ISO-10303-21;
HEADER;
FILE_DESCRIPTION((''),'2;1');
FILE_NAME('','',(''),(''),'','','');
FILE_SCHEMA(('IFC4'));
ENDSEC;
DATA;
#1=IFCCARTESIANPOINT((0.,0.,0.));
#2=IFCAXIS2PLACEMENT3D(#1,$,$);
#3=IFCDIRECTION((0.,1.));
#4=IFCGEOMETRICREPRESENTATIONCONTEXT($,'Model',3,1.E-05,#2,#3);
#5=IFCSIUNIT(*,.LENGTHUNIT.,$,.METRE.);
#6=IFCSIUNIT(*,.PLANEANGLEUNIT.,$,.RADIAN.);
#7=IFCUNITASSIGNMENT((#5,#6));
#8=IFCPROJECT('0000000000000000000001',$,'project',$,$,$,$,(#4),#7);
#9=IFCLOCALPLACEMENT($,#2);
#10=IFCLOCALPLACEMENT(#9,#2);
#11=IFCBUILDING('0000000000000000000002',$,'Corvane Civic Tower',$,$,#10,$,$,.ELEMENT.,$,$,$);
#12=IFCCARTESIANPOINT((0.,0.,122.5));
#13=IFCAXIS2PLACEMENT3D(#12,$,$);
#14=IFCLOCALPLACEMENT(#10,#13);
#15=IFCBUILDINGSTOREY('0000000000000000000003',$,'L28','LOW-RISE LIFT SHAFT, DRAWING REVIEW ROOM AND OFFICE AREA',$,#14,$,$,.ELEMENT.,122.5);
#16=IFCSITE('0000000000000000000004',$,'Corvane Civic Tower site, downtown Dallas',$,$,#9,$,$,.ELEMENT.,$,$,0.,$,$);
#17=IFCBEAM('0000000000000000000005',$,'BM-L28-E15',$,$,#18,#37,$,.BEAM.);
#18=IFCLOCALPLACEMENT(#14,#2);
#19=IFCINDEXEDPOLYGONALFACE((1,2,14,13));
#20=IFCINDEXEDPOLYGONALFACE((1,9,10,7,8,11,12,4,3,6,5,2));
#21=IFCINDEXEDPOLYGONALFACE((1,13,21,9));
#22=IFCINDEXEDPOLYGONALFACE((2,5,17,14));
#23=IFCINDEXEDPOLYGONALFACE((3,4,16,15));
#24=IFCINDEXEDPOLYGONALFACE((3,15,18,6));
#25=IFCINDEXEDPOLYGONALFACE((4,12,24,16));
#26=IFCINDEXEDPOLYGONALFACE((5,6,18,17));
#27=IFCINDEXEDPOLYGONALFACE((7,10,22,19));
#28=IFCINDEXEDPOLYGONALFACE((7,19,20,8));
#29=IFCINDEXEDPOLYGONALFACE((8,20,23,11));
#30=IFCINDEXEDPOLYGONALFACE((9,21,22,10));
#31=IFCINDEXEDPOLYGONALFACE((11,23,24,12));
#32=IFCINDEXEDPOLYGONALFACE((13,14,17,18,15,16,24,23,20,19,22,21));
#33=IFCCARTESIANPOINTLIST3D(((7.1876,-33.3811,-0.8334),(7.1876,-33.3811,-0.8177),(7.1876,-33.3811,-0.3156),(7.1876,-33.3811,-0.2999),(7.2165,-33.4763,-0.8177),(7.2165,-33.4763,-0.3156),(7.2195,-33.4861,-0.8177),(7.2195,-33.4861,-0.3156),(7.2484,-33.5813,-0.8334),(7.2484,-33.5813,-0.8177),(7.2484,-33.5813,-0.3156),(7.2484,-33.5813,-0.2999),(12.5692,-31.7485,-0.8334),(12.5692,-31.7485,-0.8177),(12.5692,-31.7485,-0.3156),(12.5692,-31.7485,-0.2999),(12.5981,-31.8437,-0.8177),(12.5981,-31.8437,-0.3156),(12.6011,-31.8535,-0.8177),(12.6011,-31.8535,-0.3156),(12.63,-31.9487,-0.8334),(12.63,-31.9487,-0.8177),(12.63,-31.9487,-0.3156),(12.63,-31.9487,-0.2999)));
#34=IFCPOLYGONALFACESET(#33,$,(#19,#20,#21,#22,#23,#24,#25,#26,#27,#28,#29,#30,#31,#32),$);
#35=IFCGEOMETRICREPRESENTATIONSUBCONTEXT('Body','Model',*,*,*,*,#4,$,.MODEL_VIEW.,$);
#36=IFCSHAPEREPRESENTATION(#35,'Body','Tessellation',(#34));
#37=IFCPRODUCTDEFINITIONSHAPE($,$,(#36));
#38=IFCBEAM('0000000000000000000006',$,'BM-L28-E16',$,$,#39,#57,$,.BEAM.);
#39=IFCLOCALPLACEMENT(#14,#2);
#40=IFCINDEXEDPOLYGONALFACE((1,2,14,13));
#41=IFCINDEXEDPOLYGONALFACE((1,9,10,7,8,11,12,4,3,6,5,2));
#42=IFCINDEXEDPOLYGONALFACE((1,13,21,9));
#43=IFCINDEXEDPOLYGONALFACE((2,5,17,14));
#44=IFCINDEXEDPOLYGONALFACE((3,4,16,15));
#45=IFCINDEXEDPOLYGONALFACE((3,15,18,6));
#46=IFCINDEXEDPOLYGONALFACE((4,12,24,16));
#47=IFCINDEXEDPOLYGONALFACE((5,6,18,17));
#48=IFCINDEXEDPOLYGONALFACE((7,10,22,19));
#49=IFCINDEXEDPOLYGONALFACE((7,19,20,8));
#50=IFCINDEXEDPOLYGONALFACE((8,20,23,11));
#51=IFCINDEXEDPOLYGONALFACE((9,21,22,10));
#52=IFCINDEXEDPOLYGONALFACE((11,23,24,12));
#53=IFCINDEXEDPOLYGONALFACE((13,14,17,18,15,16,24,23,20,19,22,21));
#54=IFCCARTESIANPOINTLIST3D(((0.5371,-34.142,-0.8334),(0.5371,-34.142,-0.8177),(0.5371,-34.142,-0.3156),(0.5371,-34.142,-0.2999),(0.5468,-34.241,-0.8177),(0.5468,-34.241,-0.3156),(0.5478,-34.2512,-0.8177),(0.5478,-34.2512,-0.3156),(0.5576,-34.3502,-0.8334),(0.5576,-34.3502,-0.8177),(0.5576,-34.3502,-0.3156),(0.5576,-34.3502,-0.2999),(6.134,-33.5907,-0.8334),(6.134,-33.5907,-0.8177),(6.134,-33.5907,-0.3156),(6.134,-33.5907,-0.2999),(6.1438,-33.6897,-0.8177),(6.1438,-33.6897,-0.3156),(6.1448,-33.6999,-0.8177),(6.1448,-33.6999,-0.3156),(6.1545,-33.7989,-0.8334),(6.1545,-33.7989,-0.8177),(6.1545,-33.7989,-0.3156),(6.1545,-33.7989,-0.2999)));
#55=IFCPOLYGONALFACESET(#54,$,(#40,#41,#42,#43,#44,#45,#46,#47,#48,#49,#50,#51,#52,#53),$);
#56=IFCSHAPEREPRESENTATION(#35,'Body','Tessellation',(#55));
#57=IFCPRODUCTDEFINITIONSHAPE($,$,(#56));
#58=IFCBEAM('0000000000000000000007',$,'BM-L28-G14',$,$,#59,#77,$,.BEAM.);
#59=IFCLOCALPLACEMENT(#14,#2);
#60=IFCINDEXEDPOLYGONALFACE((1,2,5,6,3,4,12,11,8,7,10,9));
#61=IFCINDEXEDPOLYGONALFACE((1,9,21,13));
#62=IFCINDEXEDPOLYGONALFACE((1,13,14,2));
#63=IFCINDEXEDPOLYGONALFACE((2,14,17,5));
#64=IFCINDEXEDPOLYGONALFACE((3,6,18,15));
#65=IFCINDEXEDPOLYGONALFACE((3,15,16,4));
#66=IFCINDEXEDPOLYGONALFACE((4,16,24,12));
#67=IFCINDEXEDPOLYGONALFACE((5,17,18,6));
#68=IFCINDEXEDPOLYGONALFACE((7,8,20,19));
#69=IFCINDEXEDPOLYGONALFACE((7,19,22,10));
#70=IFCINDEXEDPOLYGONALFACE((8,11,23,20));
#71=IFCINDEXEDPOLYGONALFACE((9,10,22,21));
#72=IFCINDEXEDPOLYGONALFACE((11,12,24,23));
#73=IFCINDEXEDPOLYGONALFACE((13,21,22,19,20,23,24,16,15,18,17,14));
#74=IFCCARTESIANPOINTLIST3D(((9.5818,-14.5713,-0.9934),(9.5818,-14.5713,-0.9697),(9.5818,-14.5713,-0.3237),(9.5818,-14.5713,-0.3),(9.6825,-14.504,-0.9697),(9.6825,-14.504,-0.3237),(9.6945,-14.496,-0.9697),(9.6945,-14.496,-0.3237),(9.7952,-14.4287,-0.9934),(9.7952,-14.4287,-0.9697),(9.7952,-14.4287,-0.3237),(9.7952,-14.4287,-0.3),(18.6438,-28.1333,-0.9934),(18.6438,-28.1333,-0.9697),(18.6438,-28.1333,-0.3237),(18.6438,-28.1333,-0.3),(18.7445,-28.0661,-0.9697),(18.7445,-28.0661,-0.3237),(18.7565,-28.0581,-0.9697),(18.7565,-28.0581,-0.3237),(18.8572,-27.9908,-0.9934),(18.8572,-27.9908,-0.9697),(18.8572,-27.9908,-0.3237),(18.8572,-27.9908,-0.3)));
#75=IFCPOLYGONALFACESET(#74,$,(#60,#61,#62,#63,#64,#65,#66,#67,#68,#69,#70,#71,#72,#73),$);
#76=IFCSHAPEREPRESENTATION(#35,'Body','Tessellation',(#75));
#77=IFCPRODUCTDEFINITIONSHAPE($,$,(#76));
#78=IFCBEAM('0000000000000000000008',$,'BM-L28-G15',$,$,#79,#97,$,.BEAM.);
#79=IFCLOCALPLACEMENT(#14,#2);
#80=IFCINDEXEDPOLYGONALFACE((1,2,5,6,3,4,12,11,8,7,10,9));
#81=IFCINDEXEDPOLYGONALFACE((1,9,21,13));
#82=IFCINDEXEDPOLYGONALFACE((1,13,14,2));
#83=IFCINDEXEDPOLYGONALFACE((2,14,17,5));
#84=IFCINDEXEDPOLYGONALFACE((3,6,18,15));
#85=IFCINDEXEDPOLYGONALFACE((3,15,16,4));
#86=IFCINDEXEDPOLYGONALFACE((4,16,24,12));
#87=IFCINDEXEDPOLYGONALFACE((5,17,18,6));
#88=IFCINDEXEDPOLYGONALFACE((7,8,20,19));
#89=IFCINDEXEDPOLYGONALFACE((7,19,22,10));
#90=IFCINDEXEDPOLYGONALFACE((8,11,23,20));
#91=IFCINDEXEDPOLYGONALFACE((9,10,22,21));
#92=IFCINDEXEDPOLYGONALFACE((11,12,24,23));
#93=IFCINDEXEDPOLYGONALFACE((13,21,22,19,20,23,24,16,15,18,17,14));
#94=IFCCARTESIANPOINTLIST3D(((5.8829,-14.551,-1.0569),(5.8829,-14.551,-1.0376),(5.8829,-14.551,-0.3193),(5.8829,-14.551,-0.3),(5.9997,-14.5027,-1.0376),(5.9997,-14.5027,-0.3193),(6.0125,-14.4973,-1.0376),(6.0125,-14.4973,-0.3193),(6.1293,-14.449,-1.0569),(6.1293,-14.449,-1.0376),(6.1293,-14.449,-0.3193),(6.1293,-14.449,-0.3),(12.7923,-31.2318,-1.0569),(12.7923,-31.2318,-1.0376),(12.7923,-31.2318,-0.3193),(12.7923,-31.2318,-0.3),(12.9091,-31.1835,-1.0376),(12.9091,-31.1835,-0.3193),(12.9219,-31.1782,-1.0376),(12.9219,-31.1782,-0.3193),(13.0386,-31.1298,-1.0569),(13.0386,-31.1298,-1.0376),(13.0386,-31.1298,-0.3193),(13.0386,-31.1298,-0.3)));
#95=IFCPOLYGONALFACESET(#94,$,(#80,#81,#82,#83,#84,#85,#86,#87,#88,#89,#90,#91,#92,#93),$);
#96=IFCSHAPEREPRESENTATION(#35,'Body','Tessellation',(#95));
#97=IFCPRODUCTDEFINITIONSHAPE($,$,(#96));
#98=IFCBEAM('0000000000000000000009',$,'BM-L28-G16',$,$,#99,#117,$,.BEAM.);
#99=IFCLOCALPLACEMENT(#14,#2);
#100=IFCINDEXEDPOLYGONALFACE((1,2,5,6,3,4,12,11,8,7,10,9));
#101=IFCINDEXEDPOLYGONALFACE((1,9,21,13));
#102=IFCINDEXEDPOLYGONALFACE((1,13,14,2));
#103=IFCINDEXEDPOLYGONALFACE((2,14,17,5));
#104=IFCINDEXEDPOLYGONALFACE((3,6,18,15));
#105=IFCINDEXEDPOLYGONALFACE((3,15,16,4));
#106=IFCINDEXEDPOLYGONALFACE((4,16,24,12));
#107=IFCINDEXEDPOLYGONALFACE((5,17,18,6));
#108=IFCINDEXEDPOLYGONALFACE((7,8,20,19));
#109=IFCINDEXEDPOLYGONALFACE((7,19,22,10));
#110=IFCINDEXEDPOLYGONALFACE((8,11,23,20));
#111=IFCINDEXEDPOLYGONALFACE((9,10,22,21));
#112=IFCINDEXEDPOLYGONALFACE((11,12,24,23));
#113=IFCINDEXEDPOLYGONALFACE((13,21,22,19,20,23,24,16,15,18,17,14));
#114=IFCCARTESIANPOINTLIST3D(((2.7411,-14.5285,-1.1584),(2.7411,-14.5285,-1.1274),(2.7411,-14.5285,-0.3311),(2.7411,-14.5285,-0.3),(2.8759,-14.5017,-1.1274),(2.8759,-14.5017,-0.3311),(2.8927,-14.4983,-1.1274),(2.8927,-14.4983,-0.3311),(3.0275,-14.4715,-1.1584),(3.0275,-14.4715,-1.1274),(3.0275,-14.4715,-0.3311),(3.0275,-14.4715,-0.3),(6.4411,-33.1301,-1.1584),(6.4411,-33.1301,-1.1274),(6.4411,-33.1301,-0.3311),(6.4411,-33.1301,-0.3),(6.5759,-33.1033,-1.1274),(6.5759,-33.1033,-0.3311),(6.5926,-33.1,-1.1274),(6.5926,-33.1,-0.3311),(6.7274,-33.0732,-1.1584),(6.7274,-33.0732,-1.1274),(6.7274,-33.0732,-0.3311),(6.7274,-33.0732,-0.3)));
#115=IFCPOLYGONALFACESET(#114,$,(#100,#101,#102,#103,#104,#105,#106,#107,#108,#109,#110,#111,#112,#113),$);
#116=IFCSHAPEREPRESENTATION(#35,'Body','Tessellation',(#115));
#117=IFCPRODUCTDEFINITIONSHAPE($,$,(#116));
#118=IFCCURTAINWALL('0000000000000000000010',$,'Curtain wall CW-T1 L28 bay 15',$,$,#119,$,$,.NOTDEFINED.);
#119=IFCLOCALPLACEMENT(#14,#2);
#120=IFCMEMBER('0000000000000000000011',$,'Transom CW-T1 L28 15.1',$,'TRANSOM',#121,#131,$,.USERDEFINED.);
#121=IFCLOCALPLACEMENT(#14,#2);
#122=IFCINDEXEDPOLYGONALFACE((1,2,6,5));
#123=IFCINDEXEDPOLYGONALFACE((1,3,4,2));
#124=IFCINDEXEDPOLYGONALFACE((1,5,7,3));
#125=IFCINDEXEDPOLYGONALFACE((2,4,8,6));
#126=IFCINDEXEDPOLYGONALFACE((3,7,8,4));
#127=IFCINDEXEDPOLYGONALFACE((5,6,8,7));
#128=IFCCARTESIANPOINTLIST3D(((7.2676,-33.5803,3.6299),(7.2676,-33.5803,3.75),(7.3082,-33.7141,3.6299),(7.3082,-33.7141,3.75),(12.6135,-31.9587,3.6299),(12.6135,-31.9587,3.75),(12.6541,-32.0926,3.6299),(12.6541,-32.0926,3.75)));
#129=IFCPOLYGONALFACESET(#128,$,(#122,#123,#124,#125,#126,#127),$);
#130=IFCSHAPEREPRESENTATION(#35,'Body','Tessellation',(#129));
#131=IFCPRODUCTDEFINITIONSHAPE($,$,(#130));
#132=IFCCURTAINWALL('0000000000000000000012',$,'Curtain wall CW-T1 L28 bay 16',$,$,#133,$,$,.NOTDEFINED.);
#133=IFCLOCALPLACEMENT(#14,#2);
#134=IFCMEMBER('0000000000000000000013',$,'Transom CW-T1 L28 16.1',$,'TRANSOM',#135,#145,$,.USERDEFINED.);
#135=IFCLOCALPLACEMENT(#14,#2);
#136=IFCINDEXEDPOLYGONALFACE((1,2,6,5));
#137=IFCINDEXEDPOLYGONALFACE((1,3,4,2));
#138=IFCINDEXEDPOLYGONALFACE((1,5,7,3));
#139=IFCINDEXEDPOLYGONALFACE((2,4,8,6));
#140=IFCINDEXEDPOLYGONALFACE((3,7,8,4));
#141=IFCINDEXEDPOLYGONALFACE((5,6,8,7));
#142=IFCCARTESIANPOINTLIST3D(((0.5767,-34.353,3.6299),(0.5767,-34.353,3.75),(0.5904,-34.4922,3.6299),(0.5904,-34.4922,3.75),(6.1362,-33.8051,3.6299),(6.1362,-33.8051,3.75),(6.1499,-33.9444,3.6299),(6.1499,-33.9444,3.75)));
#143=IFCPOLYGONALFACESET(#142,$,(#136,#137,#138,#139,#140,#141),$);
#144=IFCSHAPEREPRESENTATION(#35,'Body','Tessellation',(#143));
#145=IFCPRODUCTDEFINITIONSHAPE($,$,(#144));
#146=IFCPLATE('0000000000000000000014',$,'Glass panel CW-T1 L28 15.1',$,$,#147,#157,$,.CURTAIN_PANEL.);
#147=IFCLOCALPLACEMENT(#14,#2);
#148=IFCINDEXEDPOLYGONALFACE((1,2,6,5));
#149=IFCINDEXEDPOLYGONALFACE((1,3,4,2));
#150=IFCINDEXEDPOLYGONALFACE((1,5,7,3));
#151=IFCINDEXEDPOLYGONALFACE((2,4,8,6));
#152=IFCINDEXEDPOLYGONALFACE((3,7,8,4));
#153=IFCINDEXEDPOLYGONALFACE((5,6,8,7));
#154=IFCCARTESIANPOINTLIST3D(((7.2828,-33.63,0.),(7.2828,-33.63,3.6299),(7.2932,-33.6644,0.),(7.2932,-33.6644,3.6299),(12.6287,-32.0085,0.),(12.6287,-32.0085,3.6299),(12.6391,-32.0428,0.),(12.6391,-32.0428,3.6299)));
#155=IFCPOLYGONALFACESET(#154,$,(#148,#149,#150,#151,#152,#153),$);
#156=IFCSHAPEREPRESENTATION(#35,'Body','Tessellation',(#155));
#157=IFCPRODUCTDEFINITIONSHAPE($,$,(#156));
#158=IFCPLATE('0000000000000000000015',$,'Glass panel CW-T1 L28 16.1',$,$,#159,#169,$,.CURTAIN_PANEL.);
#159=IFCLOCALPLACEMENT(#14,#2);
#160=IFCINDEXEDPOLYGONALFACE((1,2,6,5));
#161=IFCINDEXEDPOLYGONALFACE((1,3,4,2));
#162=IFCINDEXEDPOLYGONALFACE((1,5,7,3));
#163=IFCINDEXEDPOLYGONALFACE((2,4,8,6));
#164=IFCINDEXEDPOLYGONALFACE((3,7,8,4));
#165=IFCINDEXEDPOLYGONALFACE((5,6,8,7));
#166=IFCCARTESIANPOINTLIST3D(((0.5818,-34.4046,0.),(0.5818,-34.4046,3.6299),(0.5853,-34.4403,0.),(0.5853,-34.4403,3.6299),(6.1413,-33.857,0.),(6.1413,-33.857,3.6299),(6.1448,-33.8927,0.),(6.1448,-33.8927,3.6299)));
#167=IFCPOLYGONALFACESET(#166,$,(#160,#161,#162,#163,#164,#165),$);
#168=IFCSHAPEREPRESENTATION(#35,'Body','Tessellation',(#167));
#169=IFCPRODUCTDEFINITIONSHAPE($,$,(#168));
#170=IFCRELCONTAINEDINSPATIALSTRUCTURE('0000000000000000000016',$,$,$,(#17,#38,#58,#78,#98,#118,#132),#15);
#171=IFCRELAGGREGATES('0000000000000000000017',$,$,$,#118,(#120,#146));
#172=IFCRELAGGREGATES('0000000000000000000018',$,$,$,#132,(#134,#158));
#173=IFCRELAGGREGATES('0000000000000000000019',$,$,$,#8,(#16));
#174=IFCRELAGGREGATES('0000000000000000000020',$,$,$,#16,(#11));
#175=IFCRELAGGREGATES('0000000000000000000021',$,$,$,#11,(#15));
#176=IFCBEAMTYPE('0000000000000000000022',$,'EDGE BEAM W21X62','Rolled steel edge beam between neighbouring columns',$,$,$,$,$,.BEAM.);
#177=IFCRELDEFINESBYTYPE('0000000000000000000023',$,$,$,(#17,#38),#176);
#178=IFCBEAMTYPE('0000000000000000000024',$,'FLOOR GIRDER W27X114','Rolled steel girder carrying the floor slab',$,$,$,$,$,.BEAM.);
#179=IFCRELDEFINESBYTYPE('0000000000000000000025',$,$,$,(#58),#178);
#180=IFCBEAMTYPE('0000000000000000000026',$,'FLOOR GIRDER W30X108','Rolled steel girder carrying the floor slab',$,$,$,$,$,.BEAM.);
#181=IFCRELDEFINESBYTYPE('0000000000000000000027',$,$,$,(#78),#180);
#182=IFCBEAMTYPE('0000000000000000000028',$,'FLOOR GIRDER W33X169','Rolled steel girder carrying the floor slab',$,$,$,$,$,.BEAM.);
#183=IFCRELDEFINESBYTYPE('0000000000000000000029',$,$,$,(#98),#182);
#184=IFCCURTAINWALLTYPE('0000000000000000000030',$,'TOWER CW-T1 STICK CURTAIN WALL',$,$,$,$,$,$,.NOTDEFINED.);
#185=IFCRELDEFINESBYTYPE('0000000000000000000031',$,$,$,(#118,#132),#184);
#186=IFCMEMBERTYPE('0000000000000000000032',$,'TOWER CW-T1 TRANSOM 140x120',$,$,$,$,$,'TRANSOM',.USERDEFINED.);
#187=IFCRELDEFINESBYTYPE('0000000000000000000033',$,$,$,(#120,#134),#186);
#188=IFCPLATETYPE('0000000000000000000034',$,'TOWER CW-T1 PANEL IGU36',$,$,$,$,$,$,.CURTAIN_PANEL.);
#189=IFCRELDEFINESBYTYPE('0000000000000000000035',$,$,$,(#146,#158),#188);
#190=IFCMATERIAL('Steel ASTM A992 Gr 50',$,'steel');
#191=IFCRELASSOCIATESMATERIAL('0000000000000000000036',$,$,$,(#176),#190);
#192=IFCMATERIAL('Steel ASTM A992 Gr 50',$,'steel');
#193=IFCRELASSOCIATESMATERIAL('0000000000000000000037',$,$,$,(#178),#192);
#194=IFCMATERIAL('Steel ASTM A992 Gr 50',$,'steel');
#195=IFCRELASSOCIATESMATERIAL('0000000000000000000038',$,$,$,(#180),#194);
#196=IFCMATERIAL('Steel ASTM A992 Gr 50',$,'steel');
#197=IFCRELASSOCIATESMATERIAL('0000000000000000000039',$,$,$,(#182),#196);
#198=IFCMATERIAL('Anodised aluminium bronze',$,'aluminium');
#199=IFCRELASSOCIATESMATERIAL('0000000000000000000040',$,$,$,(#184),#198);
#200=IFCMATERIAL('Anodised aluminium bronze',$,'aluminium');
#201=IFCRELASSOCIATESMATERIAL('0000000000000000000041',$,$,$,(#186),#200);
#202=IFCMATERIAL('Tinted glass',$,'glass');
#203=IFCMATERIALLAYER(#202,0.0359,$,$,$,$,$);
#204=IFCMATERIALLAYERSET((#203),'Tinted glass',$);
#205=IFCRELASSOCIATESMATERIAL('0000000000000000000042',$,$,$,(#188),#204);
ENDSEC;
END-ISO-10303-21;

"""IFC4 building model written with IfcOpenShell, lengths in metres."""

from ifc_helpers import new_model, si_unit, direction, frame, origin, origin_2d, place, context, subcontext, project, spatial, rectangle, i_section, extrude, material, layer, layer_set, material_profile, profile_set, type_object, element, aggregate, save


model = new_model("IFC4")

# Units and contexts
model_context = context("Model", 3, precision=1e-05, world=origin(), true_north=direction((0.0, 1.0)))
body_context = subcontext(model_context, "Body", "Model", "MODEL_VIEW")
ifc_project = project(units=[si_unit("LENGTHUNIT", "METRE"), si_unit("PLANEANGLEUNIT", "RADIAN")], contexts=[model_context])

# Site, building, storey
site_placement = place(None, origin())
site = spatial("IfcSite", under=ifc_project, at=site_placement, Name="Corvane Civic Tower site, downtown Dallas", CompositionType="ELEMENT", RefElevation=0.0)
building_placement = place(site_placement, origin())
building = spatial("IfcBuilding", under=site, at=building_placement, Name="Corvane Civic Tower", CompositionType="ELEMENT")
storey_placement = place(building_placement, frame((0.0, 0.0, 122.5)))
storey = spatial("IfcBuildingStorey", under=building, at=storey_placement, Name="L28", Description="LOW-RISE LIFT SHAFT, DRAWING REVIEW ROOM AND OFFICE AREA", CompositionType="ELEMENT", Elevation=122.5)

# Beams
ifc_material_1 = material(Name="Steel ASTM A992 Gr 50", Category="steel")
ifc_material_profile_1 = material_profile(ifc_material_1, i_section(OverallWidth=0.2092, OverallDepth=0.5334, WebThickness=0.0103, FlangeThickness=0.0156, at=origin_2d()), Name="W21X62")
ifc_profile_set_1 = profile_set([ifc_material_profile_1], Name="Steel ASTM A992 Gr 50")
beam_type_1 = type_object("IfcBeamType", Name="EDGE BEAM W21X62", Description="Rolled steel edge beam between neighbouring columns", PredefinedType="BEAM", material=ifc_profile_set_1)
beam_1_placement = place(storey_placement, frame((12.5996, -31.8486, -0.5667), z_axis=(-0.956936, -0.290298, 0.0), x_axis=(0.290298, -0.956936, 0.0)))
element("IfcBeam", 1, at=beam_1_placement, inside=storey, type_object=beam_type_1, Name="BM-L28-E15", PredefinedType="BEAM", context=body_context, shape_type="SweptSolid", body=[
    extrude(i_section(OverallWidth=0.2092, OverallDepth=0.5334, WebThickness=0.0103, FlangeThickness=0.0156, at=origin_2d()), origin(), (0.0, 0.0, 1.0), 5.6238),
])
beam_2_placement = place(storey_placement, frame((6.1443, -33.6948, -0.5667), z_axis=(-0.995184, -0.098021, 0.0), x_axis=(0.098021, -0.995184, 0.0)))
element("IfcBeam", 2, at=beam_2_placement, inside=storey, type_object=beam_type_1, Name="BM-L28-E16", PredefinedType="BEAM", context=body_context, shape_type="SweptSolid", body=[
    extrude(i_section(OverallWidth=0.2092, OverallDepth=0.5334, WebThickness=0.0103, FlangeThickness=0.0156, at=origin_2d()), origin(), (0.0, 0.0, 1.0), 5.624),
])
ifc_material_2 = material(Name="Steel ASTM A992 Gr 50", Category="steel")
ifc_material_profile_2 = material_profile(ifc_material_2, i_section(OverallWidth=0.2566, OverallDepth=0.6934, WebThickness=0.0144, FlangeThickness=0.0237, at=origin_2d()), Name="W27X114")
ifc_profile_set_2 = profile_set([ifc_material_profile_2], Name="Steel ASTM A992 Gr 50")
beam_type_2 = type_object("IfcBeamType", Name="FLOOR GIRDER W27X114", Description="Rolled steel girder carrying the floor slab", PredefinedType="BEAM", material=ifc_profile_set_2)
beam_3_placement = place(storey_placement, frame((9.6885, -14.5, -0.6467), z_axis=(0.555577, -0.831465, 0.0), x_axis=(0.831465, 0.555577, 0.0)))
element("IfcBeam", 3, at=beam_3_placement, inside=storey, type_object=beam_type_2, Name="BM-L28-G14", PredefinedType="BEAM", context=body_context, shape_type="SweptSolid", body=[
    extrude(i_section(OverallWidth=0.2566, OverallDepth=0.6934, WebThickness=0.0144, FlangeThickness=0.0237, at=origin_2d()), origin(), (0.0, 0.0, 1.0), 16.311),
])
ifc_material_3 = material(Name="Steel ASTM A992 Gr 50", Category="steel")
ifc_material_profile_3 = material_profile(ifc_material_3, i_section(OverallWidth=0.2666, OverallDepth=0.7568, WebThickness=0.0139, FlangeThickness=0.0193, at=origin_2d()), Name="W30X108")
ifc_profile_set_3 = profile_set([ifc_material_profile_3], Name="Steel ASTM A992 Gr 50")
beam_type_3 = type_object("IfcBeamType", Name="FLOOR GIRDER W30X108", Description="Rolled steel girder carrying the floor slab", PredefinedType="BEAM", material=ifc_profile_set_3)
beam_4_placement = place(storey_placement, frame((6.0061, -14.5, -0.6785), z_axis=(0.382682, -0.92388, 0.0), x_axis=(0.92388, 0.382682, 0.0)))
element("IfcBeam", 4, at=beam_4_placement, inside=storey, type_object=beam_type_3, Name="BM-L28-G15", PredefinedType="BEAM", context=body_context, shape_type="SweptSolid", body=[
    extrude(i_section(OverallWidth=0.2666, OverallDepth=0.7568, WebThickness=0.0139, FlangeThickness=0.0193, at=origin_2d()), origin(), (0.0, 0.0, 1.0), 18.0552),
])
ifc_material_4 = material(Name="Steel ASTM A992 Gr 50", Category="steel")
ifc_material_profile_4 = material_profile(ifc_material_4, i_section(OverallWidth=0.292, OverallDepth=0.8584, WebThickness=0.0171, FlangeThickness=0.031, at=origin_2d()), Name="W33X169")
ifc_profile_set_4 = profile_set([ifc_material_profile_4], Name="Steel ASTM A992 Gr 50")
beam_type_4 = type_object("IfcBeamType", Name="FLOOR GIRDER W33X169", Description="Rolled steel girder carrying the floor slab", PredefinedType="BEAM", material=ifc_profile_set_4)
beam_5_placement = place(storey_placement, frame((2.8843, -14.5, -0.7292), z_axis=(0.195084, -0.980787, 0.0), x_axis=(0.980787, 0.195084, 0.0)))
element("IfcBeam", 5, at=beam_5_placement, inside=storey, type_object=beam_type_4, Name="BM-L28-G16", PredefinedType="BEAM", context=body_context, shape_type="SweptSolid", body=[
    extrude(i_section(OverallWidth=0.292, OverallDepth=0.8584, WebThickness=0.0171, FlangeThickness=0.031, at=origin_2d()), origin(), (0.0, 0.0, 1.0), 18.9661),
])

# Curtain walls, members
ifc_material_5 = material(Name="Anodised aluminium bronze", Category="aluminium")
curtain_wall_type = type_object("IfcCurtainWallType", Name="TOWER CW-T1 STICK CURTAIN WALL", PredefinedType="NOTDEFINED", material=ifc_material_5)
curtain_wall_1_placement = place(storey_placement, origin())
curtain_wall_1 = element("IfcCurtainWall", 6, at=curtain_wall_1_placement, inside=storey, type_object=curtain_wall_type, Name="Curtain wall CW-T1 L28 bay 15", PredefinedType="NOTDEFINED")
ifc_material_6 = material(Name="Anodised aluminium bronze", Category="aluminium")
ifc_material_profile_5 = material_profile(ifc_material_6, rectangle(XDim=0.1399, YDim=0.1201, at=origin_2d()), Name="TOWER CW-T1 TRANSOM 140x120")
ifc_profile_set_5 = profile_set([ifc_material_profile_5], Name="Anodised aluminium bronze")
member_type = type_object("IfcMemberType", Name="TOWER CW-T1 TRANSOM 140x120", ElementType="TRANSOM", PredefinedType="USERDEFINED", material=ifc_profile_set_5)
member_1_placement = place(storey_placement, frame((12.6338, -32.0256, 3.6899), z_axis=(-0.956945, -0.290269, 0.0), x_axis=(0.290269, -0.956945, 0.0)))
member_1 = element("IfcMember", 7, at=member_1_placement, type_object=member_type, Name="Transom CW-T1 L28 15.1", ObjectType="TRANSOM", PredefinedType="USERDEFINED", context=body_context, shape_type="SweptSolid", body=[
    extrude(rectangle(XDim=0.1399, YDim=0.1201, at=origin_2d()), origin(), (0.0, 0.0, 1.0), 5.5864),
])
curtain_wall_2_placement = place(storey_placement, origin())
curtain_wall_2 = element("IfcCurtainWall", 8, at=curtain_wall_2_placement, inside=storey, type_object=curtain_wall_type, Name="Curtain wall CW-T1 L28 bay 16", PredefinedType="NOTDEFINED")
member_2_placement = place(storey_placement, frame((6.1431, -33.8748, 3.6899), z_axis=(-0.99518, -0.098067, 0.0), x_axis=(0.098067, -0.99518, 0.0)))
member_2 = element("IfcMember", 9, at=member_2_placement, type_object=member_type, Name="Transom CW-T1 L28 16.1", ObjectType="TRANSOM", PredefinedType="USERDEFINED", context=body_context, shape_type="SweptSolid", body=[
    extrude(rectangle(XDim=0.1399, YDim=0.1201, at=origin_2d()), origin(), (0.0, 0.0, 1.0), 5.5864),
])

# Plates
ifc_material_7 = material(Name="Tinted glass", Category="glass")
ifc_layer_1 = layer(ifc_material_7, 0.0359)
ifc_layer_set_1 = layer_set([ifc_layer_1], Name="Tinted glass")
plate_type = type_object("IfcPlateType", Name="TOWER CW-T1 PANEL IGU36", PredefinedType="CURTAIN_PANEL", material=ifc_layer_set_1)
plate_1_placement = place(storey_placement, frame((9.9609, -32.8364, 0.0), z_axis=(0.0, 0.0, 1.0), x_axis=(-0.956946, -0.290266, 0.0)))
plate_1 = element("IfcPlate", 10, at=plate_1_placement, type_object=plate_type, Name="Glass panel CW-T1 L28 15.1", PredefinedType="CURTAIN_PANEL", context=body_context, shape_type="SweptSolid", body=[
    extrude(rectangle(XDim=5.5864, YDim=0.0359, at=origin_2d()), origin(), (0.0, 0.0, 1.0), 3.6299),
])
aggregate(curtain_wall_1, [member_1, plate_1])
plate_2_placement = place(storey_placement, frame((3.3633, -34.1487, 0.0), z_axis=(0.0, 0.0, 1.0), x_axis=(-0.995184, -0.098027, 0.0)))
plate_2 = element("IfcPlate", 11, at=plate_2_placement, type_object=plate_type, Name="Glass panel CW-T1 L28 16.1", PredefinedType="CURTAIN_PANEL", context=body_context, shape_type="SweptSolid", body=[
    extrude(rectangle(XDim=5.5864, YDim=0.0359, at=origin_2d()), origin(), (0.0, 0.0, 1.0), 3.6299),
])
aggregate(curtain_wall_2, [member_2, plate_2])

save(model, "model.ifc")
